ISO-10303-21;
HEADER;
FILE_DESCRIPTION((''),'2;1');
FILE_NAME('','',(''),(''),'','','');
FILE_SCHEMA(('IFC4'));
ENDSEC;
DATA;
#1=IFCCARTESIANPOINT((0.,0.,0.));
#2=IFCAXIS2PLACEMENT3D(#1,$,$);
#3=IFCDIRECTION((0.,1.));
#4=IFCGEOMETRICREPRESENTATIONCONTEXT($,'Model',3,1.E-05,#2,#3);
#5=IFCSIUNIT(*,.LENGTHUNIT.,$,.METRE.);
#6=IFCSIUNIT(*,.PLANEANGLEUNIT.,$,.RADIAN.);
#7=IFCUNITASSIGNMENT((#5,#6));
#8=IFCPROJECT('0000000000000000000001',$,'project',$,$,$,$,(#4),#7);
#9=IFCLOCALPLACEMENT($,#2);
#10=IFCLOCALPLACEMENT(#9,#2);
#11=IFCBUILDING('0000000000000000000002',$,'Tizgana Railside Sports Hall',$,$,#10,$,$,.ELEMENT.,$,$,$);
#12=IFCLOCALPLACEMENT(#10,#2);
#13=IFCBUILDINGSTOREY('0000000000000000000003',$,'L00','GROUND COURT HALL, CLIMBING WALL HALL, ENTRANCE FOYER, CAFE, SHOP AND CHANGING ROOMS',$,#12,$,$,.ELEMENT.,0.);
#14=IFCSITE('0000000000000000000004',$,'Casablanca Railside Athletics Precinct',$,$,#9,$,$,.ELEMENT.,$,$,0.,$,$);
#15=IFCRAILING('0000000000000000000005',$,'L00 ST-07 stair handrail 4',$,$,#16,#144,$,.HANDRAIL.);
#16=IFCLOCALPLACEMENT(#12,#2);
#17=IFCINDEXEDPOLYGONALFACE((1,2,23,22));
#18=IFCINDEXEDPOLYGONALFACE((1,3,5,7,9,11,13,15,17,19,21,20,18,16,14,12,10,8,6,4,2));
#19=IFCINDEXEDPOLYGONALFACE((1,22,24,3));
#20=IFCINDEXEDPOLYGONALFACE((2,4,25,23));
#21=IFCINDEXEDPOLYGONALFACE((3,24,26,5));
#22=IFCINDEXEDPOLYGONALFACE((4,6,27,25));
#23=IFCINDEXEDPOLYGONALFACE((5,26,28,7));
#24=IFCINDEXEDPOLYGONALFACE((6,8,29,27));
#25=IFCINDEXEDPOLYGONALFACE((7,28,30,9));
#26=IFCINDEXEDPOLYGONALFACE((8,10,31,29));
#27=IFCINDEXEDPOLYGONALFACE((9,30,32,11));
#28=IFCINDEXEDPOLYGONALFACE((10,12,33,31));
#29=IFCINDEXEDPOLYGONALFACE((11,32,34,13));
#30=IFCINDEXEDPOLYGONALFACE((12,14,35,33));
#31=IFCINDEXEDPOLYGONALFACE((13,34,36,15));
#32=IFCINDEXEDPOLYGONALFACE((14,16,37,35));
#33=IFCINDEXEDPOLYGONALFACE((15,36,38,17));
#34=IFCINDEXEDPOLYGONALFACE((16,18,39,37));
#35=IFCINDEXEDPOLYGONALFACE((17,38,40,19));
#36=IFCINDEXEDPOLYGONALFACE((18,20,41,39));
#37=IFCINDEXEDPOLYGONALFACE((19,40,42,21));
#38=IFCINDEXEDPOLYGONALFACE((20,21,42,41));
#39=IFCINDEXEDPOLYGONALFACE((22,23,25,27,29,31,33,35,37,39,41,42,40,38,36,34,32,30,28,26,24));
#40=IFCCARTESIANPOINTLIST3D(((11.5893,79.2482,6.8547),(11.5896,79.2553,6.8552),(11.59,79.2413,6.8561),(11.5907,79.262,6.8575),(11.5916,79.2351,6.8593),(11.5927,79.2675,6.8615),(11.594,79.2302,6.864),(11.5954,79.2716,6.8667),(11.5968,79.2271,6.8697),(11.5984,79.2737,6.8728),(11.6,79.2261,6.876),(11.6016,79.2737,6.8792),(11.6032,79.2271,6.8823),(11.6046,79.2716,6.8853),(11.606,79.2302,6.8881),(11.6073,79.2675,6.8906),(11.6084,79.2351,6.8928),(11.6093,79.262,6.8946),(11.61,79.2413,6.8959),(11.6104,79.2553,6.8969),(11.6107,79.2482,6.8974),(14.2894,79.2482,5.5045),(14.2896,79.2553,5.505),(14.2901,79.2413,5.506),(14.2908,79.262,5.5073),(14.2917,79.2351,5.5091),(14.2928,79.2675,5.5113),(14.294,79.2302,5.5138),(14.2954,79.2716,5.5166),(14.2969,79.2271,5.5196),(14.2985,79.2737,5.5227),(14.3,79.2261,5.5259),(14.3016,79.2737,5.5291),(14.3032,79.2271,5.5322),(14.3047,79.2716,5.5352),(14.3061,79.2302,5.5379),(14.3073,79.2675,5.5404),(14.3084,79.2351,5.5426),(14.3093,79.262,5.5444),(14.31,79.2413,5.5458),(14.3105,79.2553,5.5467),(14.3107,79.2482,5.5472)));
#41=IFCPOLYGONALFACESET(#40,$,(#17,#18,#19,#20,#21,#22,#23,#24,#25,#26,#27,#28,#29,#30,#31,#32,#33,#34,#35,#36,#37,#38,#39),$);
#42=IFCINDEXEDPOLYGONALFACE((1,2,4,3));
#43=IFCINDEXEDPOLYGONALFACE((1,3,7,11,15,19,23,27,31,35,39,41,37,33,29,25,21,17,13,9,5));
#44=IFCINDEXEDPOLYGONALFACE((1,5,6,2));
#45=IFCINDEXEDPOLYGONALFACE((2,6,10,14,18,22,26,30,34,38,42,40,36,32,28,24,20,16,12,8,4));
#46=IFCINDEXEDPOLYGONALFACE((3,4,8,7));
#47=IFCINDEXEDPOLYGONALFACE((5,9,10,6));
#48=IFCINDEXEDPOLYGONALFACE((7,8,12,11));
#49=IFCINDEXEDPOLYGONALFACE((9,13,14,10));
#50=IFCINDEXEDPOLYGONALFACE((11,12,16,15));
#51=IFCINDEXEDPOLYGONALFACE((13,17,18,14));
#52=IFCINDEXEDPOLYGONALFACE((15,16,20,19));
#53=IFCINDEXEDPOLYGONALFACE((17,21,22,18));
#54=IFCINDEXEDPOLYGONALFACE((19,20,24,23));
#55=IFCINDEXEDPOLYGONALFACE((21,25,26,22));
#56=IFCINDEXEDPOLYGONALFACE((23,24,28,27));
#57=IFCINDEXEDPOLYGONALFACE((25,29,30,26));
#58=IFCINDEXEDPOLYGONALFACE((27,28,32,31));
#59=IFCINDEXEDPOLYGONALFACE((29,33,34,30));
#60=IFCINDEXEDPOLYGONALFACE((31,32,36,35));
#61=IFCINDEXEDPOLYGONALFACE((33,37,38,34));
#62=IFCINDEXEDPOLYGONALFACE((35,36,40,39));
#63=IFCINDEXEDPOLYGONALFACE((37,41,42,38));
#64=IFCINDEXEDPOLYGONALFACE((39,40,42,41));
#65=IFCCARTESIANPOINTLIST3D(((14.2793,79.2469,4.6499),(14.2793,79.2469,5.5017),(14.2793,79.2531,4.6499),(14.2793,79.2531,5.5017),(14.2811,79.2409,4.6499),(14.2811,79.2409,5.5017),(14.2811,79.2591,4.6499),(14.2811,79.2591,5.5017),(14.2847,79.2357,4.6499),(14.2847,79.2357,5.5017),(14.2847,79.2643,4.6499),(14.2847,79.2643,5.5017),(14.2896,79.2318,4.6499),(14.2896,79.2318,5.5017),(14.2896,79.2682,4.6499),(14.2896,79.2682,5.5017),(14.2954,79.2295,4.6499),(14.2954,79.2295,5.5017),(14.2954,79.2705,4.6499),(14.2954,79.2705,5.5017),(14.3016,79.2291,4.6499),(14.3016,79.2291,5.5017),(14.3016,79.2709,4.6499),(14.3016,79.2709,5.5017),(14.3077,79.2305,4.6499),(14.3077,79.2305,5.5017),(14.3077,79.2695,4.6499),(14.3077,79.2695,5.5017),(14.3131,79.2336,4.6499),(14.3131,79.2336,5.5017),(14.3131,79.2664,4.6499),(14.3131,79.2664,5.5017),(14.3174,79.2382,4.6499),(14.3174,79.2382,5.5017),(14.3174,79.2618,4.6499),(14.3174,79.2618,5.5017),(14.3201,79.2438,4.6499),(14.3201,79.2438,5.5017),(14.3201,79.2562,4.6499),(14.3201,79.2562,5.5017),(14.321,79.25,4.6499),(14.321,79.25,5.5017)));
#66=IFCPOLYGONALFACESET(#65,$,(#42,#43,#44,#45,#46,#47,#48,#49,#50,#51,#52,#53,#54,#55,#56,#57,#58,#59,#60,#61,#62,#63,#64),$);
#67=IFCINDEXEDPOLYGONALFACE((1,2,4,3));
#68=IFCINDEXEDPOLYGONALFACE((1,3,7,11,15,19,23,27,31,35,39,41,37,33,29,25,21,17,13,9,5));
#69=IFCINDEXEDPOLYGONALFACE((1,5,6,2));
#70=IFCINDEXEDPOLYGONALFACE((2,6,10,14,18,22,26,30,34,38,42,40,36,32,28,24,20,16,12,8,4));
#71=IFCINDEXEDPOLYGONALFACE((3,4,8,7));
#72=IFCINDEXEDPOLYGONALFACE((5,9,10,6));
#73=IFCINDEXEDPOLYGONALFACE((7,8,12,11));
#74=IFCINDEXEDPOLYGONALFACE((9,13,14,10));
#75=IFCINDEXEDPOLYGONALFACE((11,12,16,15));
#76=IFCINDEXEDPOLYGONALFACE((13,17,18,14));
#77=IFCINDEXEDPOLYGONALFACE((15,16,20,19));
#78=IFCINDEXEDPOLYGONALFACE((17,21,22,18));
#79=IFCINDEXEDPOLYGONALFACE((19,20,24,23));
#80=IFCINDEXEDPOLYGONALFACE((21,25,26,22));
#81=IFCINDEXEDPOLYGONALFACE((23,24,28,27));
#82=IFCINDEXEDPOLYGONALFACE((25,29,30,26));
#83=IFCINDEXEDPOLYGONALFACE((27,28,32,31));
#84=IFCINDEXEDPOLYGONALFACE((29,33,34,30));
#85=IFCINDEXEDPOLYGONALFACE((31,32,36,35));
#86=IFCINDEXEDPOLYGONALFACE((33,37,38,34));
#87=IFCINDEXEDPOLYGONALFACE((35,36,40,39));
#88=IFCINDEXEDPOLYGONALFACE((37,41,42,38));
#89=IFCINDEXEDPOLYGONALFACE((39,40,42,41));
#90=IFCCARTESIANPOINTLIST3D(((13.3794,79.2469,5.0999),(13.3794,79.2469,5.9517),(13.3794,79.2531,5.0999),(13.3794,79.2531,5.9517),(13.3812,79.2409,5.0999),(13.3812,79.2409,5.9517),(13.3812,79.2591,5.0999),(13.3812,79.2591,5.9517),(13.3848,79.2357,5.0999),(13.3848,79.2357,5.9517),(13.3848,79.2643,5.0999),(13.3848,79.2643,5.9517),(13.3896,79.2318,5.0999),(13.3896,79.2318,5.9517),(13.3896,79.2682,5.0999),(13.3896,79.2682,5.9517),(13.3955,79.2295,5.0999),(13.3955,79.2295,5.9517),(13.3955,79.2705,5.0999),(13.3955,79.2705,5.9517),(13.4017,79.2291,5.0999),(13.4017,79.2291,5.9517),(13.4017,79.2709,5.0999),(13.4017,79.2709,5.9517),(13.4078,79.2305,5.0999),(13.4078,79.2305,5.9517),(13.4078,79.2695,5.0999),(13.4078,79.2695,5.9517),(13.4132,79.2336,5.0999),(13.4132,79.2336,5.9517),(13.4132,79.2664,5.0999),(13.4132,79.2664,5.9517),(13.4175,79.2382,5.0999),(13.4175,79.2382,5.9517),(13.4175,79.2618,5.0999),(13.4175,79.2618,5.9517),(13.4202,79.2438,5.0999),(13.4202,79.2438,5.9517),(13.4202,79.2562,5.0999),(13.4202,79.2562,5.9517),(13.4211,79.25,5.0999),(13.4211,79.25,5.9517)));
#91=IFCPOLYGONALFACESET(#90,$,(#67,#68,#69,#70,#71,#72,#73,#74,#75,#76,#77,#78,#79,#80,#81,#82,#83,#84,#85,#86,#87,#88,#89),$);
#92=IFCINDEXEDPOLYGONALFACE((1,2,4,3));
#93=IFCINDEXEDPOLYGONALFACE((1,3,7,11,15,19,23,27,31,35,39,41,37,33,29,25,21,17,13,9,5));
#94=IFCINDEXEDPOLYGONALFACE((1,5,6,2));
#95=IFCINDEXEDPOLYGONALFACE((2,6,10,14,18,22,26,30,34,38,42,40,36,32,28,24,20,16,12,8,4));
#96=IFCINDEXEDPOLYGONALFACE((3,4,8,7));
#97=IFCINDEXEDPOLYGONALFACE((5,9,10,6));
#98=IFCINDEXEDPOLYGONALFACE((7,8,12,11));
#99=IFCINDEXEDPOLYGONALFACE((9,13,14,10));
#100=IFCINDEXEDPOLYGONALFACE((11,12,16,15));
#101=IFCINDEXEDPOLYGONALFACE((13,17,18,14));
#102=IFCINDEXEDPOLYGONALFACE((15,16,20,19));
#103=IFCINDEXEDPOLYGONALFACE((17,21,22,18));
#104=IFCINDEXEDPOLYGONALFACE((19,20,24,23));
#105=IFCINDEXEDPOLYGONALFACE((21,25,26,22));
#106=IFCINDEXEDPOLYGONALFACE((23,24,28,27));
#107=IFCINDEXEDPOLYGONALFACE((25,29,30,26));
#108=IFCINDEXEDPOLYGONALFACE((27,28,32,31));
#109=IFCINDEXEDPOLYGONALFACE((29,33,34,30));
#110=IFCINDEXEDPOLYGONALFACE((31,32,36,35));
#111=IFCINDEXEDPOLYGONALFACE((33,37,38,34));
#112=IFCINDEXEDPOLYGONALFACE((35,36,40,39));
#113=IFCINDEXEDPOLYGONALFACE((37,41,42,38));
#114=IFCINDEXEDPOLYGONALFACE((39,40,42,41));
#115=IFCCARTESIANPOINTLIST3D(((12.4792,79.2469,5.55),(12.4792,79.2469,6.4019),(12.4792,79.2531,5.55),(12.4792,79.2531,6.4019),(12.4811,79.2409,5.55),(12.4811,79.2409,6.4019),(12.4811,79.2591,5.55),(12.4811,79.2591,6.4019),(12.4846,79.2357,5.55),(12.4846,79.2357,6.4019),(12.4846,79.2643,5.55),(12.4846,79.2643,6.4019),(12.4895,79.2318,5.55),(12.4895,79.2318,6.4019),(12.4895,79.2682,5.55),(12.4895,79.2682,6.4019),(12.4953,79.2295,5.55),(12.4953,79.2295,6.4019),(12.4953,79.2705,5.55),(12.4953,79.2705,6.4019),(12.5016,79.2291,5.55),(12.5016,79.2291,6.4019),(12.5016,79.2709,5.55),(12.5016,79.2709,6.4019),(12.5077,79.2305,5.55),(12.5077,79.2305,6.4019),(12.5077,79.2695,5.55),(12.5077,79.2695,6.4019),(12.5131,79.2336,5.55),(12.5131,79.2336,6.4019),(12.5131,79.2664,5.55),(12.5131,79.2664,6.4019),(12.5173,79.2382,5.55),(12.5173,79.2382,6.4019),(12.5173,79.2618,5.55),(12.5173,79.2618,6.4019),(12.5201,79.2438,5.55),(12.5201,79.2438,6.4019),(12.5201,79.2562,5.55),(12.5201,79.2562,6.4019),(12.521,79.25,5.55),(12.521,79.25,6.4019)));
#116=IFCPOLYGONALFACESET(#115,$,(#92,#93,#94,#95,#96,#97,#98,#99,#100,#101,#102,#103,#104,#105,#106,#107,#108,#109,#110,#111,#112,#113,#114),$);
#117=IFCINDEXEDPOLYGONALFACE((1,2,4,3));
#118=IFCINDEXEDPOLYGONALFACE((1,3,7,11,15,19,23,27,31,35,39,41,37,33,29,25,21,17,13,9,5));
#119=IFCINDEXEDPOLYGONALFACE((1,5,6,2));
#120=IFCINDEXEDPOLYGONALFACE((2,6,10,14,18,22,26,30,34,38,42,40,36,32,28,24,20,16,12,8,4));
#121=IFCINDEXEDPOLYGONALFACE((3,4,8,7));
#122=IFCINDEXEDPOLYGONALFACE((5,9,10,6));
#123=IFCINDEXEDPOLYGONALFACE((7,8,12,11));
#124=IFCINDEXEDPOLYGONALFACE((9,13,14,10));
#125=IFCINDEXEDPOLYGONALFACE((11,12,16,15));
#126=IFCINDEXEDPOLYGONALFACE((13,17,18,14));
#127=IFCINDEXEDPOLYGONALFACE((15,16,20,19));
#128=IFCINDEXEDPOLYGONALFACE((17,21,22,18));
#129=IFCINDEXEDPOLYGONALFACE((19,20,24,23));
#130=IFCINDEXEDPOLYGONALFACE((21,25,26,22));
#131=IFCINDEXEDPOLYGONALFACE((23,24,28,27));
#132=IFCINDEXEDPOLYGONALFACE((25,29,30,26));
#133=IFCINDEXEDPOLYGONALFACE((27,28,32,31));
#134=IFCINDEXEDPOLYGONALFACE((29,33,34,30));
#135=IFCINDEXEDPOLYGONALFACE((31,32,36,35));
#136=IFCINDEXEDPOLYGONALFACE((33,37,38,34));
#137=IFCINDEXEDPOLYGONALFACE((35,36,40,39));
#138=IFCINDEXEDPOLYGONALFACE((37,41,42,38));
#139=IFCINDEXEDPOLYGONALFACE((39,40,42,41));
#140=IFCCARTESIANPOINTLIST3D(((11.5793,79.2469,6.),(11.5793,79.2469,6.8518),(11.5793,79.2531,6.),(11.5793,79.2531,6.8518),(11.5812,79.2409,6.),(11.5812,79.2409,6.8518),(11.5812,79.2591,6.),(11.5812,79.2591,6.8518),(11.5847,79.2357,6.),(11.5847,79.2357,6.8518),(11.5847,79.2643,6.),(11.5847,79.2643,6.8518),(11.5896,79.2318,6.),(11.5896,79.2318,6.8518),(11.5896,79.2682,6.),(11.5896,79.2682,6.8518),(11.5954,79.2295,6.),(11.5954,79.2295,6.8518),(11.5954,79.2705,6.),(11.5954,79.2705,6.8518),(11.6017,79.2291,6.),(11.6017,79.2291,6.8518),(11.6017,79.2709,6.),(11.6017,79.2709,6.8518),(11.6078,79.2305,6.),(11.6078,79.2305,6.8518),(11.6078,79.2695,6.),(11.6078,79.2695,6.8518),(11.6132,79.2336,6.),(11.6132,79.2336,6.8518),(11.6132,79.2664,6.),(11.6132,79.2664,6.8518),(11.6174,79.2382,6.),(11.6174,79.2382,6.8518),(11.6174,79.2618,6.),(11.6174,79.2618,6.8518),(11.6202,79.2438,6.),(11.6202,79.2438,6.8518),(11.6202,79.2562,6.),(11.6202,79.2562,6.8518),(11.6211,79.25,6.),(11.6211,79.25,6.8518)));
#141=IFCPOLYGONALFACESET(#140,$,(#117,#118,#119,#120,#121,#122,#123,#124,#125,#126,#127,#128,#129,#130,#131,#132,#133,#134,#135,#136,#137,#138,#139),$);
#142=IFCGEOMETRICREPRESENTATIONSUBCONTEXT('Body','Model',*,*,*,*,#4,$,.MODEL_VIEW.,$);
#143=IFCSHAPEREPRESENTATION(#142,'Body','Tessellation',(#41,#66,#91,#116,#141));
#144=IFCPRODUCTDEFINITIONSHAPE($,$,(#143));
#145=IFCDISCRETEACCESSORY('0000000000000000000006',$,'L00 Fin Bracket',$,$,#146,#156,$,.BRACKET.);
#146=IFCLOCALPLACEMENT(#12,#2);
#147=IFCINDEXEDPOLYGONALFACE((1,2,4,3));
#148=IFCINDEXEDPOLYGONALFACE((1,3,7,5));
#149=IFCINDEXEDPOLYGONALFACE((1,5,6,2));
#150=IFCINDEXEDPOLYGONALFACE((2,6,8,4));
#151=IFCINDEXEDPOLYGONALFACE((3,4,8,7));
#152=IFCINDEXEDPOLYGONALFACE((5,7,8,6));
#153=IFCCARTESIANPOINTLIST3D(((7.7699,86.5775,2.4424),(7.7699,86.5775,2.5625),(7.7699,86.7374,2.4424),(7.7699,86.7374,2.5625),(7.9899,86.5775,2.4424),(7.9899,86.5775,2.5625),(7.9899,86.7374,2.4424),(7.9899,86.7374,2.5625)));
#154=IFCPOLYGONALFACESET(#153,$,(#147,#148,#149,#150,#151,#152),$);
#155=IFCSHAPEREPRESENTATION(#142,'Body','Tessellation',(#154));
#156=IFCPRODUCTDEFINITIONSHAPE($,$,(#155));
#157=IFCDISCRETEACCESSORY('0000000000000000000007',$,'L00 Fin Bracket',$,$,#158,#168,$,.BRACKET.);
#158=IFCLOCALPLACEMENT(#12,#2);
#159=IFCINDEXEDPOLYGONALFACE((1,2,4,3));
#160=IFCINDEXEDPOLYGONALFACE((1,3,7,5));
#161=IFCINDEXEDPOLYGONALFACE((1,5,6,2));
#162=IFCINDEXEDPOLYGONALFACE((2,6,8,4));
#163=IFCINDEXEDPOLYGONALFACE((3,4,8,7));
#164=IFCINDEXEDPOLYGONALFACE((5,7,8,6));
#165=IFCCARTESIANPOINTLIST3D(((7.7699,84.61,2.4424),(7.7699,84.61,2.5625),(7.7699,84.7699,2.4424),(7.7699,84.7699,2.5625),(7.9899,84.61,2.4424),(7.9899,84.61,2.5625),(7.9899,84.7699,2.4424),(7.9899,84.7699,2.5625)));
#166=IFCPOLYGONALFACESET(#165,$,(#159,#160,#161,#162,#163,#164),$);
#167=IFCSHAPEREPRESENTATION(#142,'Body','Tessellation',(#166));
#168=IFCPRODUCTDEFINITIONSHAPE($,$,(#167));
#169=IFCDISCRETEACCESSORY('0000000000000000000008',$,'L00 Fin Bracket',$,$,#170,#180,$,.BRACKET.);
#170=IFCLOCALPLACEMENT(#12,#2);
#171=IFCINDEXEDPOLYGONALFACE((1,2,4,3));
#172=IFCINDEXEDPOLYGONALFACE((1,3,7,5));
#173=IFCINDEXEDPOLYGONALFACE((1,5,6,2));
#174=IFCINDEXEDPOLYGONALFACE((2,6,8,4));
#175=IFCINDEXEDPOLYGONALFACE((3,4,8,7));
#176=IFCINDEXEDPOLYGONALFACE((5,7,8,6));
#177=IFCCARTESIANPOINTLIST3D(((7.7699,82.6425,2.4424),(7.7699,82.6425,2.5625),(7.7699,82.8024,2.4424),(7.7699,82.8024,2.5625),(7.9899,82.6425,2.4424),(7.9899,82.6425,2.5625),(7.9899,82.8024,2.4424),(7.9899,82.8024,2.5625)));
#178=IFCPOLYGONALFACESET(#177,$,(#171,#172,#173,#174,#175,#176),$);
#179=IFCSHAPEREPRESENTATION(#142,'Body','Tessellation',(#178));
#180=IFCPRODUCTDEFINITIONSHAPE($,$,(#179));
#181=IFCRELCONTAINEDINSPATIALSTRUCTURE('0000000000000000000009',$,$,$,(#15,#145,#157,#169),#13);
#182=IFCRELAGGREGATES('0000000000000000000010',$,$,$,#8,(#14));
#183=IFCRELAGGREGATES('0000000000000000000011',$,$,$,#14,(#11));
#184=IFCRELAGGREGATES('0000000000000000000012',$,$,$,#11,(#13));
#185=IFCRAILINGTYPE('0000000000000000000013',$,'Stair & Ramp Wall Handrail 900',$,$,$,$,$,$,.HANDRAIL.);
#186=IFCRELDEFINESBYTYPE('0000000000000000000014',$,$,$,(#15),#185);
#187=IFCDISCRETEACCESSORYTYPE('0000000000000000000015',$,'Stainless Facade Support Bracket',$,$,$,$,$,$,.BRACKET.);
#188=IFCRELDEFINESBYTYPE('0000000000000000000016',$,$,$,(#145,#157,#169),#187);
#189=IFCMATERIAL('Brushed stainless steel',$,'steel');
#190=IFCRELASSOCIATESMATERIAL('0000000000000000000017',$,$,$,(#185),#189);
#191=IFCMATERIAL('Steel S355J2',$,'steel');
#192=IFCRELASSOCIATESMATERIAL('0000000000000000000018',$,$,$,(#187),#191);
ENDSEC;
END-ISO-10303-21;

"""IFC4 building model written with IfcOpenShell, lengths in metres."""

from ifc_helpers import new_model, si_unit, direction, frame, origin, origin_2d, place, context, subcontext, project, spatial, rectangle, circle, extrude, material, type_object, element, save


model = new_model("IFC4")

# Units and contexts
model_context = context("Model", 3, precision=1e-05, world=origin(), true_north=direction((0.0, 1.0)))
body_context = subcontext(model_context, "Body", "Model", "MODEL_VIEW")
ifc_project = project(units=[si_unit("LENGTHUNIT", "METRE"), si_unit("PLANEANGLEUNIT", "RADIAN")], contexts=[model_context])

# Site, building, storey
site_placement = place(None, origin())
site = spatial("IfcSite", under=ifc_project, at=site_placement, Name="Casablanca Railside Athletics Precinct", CompositionType="ELEMENT", RefElevation=0.0)
building_placement = place(site_placement, origin())
building = spatial("IfcBuilding", under=site, at=building_placement, Name="Tizgana Railside Sports Hall", CompositionType="ELEMENT")
storey_placement = place(building_placement, origin())
storey = spatial("IfcBuildingStorey", under=building, at=storey_placement, Name="L00", Description="GROUND COURT HALL, CLIMBING WALL HALL, ENTRANCE FOYER, CAFE, SHOP AND CHANGING ROOMS", CompositionType="ELEMENT", Elevation=0.0)

# Railing
ifc_material_1 = material(Name="Brushed stainless steel", Category="steel")
railing_type = type_object("IfcRailingType", Name="Stair & Ramp Wall Handrail 900", PredefinedType="HANDRAIL", material=ifc_material_1)
for number, where, name in (
    (1, (14.3, 79.25, 4.6499), "L00 ST-07 stair handrail 4"),
):
    element("IfcRailing", number, at=place(storey_placement, frame(where)), inside=storey, type_object=railing_type, Name=name, PredefinedType="HANDRAIL", context=body_context, shape_type="SweptSolid", body=[
        extrude(circle(Radius=0.0239, at=origin_2d()), frame((0.0, 0.0, 0.876), z_axis=(-0.894411, 0.0, 0.447246), x_axis=(0.0, -1.0, 0.0)), (0.0, 0.0, 1.0), 3.0188),
        extrude(circle(Radius=0.021, at=origin_2d()), origin(), (0.0, 0.0, 1.0), 0.8518),
        extrude(circle(Radius=0.021, at=origin_2d()), frame((-0.8999, 0.0, 0.45)), (0.0, 0.0, 1.0), 0.8518),
        extrude(circle(Radius=0.021, at=origin_2d()), frame((-1.8, 0.0, 0.9001)), (0.0, 0.0, 1.0), 0.8518),
        extrude(circle(Radius=0.021, at=origin_2d()), frame((-2.7, 0.0, 1.3501)), (0.0, 0.0, 1.0), 0.8518),
    ])

# Discrete accessories
ifc_material_2 = material(Name="Steel S355J2", Category="steel")
discrete_accessory_type = type_object("IfcDiscreteAccessoryType", Name="Stainless Facade Support Bracket", PredefinedType="BRACKET", material=ifc_material_2)
for number, where, z_axis, x_axis, name in (
    (2, (7.8799, 86.6575, 2.4424), (0.0, 0.0, 1.0), (0.0, -1.0, 0.0), "L00 Fin Bracket"),
    (3, (7.8799, 84.6899, 2.4424), (0.0, 0.0, 1.0), (0.0, -1.0, 0.0), "L00 Fin Bracket"),
    (4, (7.8799, 82.7224, 2.4424), (0.0, 0.0, 1.0), (0.0, -1.0, 0.0), "L00 Fin Bracket"),
):
    element("IfcDiscreteAccessory", number, at=place(storey_placement, frame(where, z_axis=z_axis, x_axis=x_axis)), inside=storey, type_object=discrete_accessory_type, Name=name, PredefinedType="BRACKET", context=body_context, shape_type="SweptSolid", body=[
        extrude(rectangle(XDim=0.1599, YDim=0.22, at=origin_2d()), origin(), (0.0, 0.0, 1.0), 0.1201),
    ])

save(model, "model.ifc")
